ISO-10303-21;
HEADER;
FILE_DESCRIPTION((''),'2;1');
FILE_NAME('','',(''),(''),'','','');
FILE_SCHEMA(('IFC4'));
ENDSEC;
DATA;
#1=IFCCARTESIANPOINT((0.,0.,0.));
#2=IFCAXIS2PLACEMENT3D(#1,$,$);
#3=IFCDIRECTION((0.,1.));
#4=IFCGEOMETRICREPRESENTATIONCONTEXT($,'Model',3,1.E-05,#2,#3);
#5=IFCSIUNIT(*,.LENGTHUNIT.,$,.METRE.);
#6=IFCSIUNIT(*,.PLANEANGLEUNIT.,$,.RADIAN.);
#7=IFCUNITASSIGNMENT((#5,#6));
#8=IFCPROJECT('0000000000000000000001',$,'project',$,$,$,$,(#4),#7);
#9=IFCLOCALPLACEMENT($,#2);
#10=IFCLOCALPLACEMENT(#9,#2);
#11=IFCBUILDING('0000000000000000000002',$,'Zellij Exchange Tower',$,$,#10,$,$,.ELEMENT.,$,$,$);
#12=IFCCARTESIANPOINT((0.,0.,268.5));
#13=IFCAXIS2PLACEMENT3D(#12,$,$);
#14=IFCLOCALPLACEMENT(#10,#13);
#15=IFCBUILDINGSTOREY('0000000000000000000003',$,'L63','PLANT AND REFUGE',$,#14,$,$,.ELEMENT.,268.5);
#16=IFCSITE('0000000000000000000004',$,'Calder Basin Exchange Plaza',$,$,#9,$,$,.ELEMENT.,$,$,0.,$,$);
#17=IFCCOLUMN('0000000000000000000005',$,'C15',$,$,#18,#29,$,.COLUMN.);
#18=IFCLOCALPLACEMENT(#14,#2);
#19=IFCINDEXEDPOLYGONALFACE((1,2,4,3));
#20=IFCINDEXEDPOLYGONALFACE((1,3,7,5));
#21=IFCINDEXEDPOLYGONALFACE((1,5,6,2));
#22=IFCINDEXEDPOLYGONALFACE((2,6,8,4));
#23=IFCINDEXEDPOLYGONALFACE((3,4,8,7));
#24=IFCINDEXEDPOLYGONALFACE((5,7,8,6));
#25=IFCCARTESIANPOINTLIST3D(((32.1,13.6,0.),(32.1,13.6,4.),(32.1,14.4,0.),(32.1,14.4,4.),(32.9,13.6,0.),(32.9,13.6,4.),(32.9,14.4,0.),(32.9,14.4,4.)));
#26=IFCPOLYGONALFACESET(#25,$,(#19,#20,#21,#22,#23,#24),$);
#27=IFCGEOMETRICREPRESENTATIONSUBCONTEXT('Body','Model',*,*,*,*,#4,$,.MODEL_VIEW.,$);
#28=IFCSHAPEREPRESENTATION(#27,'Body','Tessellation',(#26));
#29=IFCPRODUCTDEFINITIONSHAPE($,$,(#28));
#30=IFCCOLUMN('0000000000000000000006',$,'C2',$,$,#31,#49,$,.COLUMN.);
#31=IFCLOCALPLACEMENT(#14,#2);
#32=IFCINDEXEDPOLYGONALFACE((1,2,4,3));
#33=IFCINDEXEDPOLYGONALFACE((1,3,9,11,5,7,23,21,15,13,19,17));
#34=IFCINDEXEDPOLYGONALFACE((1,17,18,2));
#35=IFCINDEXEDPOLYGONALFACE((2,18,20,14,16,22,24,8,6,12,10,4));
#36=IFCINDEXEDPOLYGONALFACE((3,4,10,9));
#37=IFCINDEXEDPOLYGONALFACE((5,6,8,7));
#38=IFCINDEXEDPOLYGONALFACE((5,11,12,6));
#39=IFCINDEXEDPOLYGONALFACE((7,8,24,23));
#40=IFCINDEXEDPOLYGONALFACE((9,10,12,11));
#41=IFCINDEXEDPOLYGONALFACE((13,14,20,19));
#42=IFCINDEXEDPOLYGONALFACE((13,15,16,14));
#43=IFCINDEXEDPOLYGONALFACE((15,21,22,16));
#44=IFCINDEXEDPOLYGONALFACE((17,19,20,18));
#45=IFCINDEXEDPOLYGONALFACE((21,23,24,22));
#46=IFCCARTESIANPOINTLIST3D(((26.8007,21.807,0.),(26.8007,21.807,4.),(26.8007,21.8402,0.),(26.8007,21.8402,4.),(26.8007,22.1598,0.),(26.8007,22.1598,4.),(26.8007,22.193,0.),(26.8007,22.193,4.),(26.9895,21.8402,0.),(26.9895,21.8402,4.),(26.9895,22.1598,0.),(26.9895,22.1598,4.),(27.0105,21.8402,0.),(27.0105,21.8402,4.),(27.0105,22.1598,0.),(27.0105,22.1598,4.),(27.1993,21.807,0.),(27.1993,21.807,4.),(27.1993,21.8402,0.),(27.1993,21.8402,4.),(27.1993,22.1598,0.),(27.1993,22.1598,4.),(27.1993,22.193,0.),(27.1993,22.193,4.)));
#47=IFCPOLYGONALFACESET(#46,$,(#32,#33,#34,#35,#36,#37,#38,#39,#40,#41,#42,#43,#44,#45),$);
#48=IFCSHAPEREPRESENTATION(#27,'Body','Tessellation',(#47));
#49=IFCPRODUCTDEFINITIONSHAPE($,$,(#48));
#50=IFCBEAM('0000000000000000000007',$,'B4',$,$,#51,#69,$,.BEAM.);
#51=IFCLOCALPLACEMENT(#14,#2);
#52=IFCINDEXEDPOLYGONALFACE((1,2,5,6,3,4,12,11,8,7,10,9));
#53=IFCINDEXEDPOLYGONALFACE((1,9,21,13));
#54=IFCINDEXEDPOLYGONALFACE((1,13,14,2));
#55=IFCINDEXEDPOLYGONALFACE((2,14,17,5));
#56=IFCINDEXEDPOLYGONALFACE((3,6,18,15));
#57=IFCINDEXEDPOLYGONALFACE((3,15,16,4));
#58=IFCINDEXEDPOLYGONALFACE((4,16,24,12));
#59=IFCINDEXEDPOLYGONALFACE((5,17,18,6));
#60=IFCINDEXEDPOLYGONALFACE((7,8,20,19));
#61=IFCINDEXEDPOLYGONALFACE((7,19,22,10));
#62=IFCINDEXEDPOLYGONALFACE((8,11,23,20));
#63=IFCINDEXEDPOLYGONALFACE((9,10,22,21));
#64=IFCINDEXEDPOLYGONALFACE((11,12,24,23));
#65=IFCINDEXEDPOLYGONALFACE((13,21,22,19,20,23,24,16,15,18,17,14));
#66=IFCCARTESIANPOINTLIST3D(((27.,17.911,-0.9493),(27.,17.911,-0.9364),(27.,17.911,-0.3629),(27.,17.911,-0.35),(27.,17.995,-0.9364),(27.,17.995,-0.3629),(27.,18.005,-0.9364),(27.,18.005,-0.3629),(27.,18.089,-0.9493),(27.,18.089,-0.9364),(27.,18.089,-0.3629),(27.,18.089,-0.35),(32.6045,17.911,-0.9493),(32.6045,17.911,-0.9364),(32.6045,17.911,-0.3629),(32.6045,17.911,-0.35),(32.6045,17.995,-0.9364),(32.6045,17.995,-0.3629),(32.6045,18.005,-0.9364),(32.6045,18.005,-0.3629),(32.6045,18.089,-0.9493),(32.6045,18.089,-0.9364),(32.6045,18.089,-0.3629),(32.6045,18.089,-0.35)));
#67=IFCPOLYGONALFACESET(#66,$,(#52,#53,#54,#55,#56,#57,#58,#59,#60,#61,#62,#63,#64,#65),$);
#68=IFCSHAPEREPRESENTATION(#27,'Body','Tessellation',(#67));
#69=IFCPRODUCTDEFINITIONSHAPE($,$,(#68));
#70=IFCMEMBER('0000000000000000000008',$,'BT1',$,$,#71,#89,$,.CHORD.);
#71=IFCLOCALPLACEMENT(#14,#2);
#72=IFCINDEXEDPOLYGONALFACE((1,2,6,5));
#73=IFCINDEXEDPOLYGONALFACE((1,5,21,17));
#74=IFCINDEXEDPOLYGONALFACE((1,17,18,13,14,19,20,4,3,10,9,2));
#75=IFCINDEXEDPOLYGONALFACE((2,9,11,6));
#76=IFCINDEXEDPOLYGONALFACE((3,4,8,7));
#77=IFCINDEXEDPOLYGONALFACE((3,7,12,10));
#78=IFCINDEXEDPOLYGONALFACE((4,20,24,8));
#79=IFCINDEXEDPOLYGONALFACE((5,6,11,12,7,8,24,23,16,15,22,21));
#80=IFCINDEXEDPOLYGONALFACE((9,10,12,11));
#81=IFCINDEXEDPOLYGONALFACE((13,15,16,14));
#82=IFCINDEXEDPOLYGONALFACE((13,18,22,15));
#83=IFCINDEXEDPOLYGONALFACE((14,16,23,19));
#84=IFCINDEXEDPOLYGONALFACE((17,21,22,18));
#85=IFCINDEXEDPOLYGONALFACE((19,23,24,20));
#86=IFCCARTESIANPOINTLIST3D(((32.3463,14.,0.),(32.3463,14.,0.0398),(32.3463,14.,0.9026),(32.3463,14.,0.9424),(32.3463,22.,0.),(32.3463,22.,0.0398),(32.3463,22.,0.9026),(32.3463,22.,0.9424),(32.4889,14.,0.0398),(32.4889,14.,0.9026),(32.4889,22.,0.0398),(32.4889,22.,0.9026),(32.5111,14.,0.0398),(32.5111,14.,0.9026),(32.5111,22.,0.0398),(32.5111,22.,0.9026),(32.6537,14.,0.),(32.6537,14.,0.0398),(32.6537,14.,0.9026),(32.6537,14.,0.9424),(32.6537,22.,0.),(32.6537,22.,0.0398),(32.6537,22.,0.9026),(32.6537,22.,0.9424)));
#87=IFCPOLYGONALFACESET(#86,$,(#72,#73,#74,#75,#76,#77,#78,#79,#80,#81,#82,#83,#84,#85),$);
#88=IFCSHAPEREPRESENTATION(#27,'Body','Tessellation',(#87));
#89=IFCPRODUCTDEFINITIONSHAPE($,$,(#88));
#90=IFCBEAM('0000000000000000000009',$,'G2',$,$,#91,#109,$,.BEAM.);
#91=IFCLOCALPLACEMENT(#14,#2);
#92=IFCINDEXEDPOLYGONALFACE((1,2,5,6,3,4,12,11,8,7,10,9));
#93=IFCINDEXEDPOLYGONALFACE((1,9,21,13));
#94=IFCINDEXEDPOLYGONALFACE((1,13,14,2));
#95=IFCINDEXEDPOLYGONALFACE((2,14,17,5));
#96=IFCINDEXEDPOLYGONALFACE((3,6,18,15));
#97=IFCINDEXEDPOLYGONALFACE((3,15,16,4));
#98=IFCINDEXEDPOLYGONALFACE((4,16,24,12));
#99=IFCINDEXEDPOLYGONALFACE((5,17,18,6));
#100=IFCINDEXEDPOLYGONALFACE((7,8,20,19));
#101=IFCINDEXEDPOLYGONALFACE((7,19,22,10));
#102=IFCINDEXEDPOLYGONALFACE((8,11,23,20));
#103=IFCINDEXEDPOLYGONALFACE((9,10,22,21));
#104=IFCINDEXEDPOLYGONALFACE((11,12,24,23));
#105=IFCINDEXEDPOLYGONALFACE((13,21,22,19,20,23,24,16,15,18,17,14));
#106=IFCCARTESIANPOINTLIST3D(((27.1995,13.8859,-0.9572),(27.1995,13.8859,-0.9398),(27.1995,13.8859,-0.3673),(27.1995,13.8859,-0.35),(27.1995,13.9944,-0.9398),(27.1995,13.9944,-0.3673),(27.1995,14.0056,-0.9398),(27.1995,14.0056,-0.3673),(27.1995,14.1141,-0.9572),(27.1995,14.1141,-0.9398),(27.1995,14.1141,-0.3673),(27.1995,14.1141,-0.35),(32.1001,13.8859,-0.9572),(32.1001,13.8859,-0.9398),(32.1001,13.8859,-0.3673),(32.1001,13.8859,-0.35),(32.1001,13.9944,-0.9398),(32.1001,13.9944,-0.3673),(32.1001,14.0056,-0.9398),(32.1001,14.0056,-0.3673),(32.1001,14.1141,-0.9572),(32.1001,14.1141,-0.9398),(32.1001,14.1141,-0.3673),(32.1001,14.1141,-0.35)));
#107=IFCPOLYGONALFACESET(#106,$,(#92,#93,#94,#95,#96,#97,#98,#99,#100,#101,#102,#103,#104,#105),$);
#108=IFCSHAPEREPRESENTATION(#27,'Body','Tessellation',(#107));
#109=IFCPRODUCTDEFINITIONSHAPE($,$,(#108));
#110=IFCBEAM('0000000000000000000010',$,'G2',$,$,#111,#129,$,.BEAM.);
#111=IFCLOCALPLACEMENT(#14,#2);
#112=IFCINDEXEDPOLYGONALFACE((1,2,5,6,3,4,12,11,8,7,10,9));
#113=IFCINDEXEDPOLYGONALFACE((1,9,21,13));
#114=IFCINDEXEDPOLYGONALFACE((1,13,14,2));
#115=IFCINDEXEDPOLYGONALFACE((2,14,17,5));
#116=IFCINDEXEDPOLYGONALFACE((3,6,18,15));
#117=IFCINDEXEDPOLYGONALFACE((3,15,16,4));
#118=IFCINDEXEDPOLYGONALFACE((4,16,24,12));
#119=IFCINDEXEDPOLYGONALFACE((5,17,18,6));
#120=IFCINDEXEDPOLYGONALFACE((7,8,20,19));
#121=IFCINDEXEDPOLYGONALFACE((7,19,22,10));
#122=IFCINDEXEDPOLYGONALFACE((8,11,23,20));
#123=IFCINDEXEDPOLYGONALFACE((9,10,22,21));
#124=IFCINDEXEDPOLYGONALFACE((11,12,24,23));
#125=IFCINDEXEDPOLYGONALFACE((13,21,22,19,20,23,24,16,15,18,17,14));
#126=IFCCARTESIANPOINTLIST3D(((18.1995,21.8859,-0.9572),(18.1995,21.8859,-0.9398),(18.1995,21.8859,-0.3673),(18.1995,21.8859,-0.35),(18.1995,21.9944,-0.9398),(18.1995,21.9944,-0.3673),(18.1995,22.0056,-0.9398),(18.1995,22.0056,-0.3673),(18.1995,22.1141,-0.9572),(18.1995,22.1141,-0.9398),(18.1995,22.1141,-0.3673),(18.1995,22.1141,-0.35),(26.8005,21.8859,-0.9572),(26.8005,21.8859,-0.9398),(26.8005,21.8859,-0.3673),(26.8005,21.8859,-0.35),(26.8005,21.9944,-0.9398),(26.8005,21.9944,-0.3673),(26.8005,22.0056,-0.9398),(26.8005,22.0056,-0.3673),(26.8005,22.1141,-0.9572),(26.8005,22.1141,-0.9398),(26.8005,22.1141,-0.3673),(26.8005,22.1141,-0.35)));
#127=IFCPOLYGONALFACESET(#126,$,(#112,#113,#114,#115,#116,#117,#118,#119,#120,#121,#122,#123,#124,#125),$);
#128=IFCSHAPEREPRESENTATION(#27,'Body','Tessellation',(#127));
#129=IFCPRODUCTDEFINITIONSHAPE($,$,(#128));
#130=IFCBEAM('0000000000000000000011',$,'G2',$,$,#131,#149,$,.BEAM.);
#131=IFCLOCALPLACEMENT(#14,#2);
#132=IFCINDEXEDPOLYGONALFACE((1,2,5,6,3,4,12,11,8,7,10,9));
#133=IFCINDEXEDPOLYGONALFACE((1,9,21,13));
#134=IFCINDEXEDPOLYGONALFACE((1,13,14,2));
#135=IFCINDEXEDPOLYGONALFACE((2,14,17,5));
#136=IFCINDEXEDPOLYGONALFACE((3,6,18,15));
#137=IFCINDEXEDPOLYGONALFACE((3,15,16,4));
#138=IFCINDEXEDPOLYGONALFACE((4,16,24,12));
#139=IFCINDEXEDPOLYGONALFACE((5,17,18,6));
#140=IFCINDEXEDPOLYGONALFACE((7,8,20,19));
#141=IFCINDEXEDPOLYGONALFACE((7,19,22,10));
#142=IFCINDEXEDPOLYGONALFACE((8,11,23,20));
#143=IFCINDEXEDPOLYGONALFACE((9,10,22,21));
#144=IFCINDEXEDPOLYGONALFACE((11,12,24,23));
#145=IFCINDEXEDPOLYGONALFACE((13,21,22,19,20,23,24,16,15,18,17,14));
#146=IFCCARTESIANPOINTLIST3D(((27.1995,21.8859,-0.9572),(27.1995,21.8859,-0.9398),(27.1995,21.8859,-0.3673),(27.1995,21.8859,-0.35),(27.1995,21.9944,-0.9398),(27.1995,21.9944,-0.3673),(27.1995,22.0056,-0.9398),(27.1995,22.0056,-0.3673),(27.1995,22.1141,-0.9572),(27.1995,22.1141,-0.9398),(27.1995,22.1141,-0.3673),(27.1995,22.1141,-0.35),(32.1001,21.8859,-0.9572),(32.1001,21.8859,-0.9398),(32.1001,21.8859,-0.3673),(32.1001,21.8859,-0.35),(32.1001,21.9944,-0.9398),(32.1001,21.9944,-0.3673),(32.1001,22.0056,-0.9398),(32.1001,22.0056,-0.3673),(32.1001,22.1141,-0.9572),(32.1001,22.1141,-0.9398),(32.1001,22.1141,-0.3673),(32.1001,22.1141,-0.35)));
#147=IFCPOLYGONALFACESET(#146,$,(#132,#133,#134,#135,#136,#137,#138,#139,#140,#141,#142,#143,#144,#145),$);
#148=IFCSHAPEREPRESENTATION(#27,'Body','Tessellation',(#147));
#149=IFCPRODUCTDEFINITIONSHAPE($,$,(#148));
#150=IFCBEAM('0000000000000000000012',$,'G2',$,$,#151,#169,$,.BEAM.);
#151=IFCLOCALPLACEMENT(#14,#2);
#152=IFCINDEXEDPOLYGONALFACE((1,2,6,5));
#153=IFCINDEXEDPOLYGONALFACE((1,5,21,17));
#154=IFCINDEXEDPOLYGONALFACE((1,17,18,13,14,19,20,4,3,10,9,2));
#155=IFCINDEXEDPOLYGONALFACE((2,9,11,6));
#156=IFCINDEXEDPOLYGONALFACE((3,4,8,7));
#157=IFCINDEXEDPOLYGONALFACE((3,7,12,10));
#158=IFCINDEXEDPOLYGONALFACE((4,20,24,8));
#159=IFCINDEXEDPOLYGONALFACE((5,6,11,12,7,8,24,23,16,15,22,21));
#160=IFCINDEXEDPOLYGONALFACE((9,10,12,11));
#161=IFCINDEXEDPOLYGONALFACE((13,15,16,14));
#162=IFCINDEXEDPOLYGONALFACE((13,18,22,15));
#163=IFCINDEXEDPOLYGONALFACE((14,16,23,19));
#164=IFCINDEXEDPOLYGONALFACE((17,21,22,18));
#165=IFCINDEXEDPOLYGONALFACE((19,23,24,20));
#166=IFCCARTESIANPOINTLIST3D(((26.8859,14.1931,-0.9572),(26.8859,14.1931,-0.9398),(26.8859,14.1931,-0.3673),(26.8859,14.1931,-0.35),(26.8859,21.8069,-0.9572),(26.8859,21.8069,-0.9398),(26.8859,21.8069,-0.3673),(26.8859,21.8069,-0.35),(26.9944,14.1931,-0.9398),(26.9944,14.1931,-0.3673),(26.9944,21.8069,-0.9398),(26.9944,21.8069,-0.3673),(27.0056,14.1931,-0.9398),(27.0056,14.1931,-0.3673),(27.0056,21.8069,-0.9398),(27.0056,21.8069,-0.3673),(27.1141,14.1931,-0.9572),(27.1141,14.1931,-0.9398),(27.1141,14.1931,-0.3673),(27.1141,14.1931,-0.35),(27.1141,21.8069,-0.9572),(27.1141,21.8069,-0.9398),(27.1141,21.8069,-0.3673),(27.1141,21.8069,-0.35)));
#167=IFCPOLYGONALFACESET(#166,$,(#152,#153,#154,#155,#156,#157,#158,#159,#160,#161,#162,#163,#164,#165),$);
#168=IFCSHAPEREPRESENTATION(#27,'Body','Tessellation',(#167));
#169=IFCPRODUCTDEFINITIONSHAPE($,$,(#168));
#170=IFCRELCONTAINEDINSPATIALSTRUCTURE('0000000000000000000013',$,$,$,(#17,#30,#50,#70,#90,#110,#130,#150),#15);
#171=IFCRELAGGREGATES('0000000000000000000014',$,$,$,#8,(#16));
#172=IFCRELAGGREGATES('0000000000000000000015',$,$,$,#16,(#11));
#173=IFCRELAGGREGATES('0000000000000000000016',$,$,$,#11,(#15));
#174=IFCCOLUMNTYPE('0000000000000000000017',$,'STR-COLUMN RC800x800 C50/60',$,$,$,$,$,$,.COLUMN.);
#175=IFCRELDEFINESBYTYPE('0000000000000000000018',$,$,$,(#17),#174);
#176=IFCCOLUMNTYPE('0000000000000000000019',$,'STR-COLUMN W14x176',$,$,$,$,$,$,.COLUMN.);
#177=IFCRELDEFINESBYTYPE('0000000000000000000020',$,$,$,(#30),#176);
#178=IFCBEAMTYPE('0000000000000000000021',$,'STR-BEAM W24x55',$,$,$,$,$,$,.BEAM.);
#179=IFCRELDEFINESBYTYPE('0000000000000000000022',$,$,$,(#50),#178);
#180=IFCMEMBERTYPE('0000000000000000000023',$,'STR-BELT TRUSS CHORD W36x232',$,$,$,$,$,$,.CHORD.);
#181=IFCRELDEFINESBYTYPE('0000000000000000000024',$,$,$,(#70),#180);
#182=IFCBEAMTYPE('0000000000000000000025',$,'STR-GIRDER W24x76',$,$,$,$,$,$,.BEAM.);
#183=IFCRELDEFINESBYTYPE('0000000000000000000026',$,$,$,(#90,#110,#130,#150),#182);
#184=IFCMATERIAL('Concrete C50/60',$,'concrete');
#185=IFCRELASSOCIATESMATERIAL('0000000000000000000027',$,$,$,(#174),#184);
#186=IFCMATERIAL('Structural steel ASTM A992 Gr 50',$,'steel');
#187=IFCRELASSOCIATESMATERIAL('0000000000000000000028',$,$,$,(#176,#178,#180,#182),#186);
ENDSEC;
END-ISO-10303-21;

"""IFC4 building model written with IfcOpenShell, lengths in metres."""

from ifc_helpers import new_model, si_unit, direction, frame, origin, origin_2d, place, context, subcontext, project, spatial, rectangle, i_section, extrude, material, material_profile, profile_set, type_object, element, save


model = new_model("IFC4")

# Units and contexts
model_context = context("Model", 3, precision=1e-05, world=origin(), true_north=direction((0.0, 1.0)))
body_context = subcontext(model_context, "Body", "Model", "MODEL_VIEW")
ifc_project = project(units=[si_unit("LENGTHUNIT", "METRE"), si_unit("PLANEANGLEUNIT", "RADIAN")], contexts=[model_context])

# Site, building, storey
site_placement = place(None, origin())
site = spatial("IfcSite", under=ifc_project, at=site_placement, Name="Calder Basin Exchange Plaza", CompositionType="ELEMENT", RefElevation=0.0)
building_placement = place(site_placement, origin())
building = spatial("IfcBuilding", under=site, at=building_placement, Name="Zellij Exchange Tower", CompositionType="ELEMENT")
storey_placement = place(building_placement, frame((0.0, 0.0, 268.5)))
storey = spatial("IfcBuildingStorey", under=building, at=storey_placement, Name="L63", Description="PLANT AND REFUGE", CompositionType="ELEMENT", Elevation=268.5)

# Columns
ifc_material_1 = material(Name="Concrete C50/60", Category="concrete")
ifc_material_profile_1 = material_profile(ifc_material_1, rectangle(XDim=0.8, YDim=0.8, at=origin_2d()), Name="STR-COLUMN RC800x800 C50/60")
ifc_profile_set_1 = profile_set([ifc_material_profile_1], Name="Concrete C50/60")
column_type_1 = type_object("IfcColumnType", Name="STR-COLUMN RC800x800 C50/60", PredefinedType="COLUMN", material=ifc_profile_set_1)
column_1_placement = place(storey_placement, frame((32.5, 14.0, 0.0), z_axis=(0.0, 0.0, 1.0), x_axis=(1.0, 0.0, 0.0)))
element("IfcColumn", 1, at=column_1_placement, inside=storey, type_object=column_type_1, Name="C15", PredefinedType="COLUMN", context=body_context, shape_type="SweptSolid", body=[
    extrude(rectangle(XDim=0.8, YDim=0.8, at=origin_2d()), origin(), (0.0, 0.0, 1.0), 4.0),
])
ifc_material_2 = material(Name="Structural steel ASTM A992 Gr 50", Category="steel")
ifc_material_profile_2 = material_profile(ifc_material_2, i_section(OverallWidth=0.3987, OverallDepth=0.386, WebThickness=0.021, FlangeThickness=0.0332, at=origin_2d()), Name="W14x176")
ifc_profile_set_2 = profile_set([ifc_material_profile_2], Name="Structural steel ASTM A992 Gr 50")
column_type_2 = type_object("IfcColumnType", Name="STR-COLUMN W14x176", PredefinedType="COLUMN", material=ifc_profile_set_2)
column_2_placement = place(storey_placement, frame((27.0, 22.0, 0.0), z_axis=(0.0, 0.0, 1.0), x_axis=(1.0, 0.0, 0.0)))
element("IfcColumn", 2, at=column_2_placement, inside=storey, type_object=column_type_2, Name="C2", PredefinedType="COLUMN", context=body_context, shape_type="SweptSolid", body=[
    extrude(i_section(OverallWidth=0.3987, OverallDepth=0.386, WebThickness=0.021, FlangeThickness=0.0332, at=origin_2d()), origin(), (0.0, 0.0, 1.0), 4.0),
])

# Beam
ifc_material_profile_3 = material_profile(ifc_material_2, i_section(OverallWidth=0.178, OverallDepth=0.5994, WebThickness=0.01, FlangeThickness=0.0129, at=origin_2d()), Name="W24x55")
ifc_profile_set_3 = profile_set([ifc_material_profile_3], Name="Structural steel ASTM A992 Gr 50")
beam_type_1 = type_object("IfcBeamType", Name="STR-BEAM W24x55", PredefinedType="BEAM", material=ifc_profile_set_3)
beam_1_placement = place(storey_placement, frame((27.0, 18.0, -0.6497), z_axis=(1.0, 0.0, 0.0), x_axis=(0.0, 1.0, 0.0)))
element("IfcBeam", 3, at=beam_1_placement, inside=storey, type_object=beam_type_1, Name="B4", PredefinedType="BEAM", context=body_context, shape_type="SweptSolid", body=[
    extrude(i_section(OverallWidth=0.178, OverallDepth=0.5994, WebThickness=0.01, FlangeThickness=0.0129, at=origin_2d()), origin(), (0.0, 0.0, 1.0), 5.6045),
])

# Member
ifc_material_profile_4 = material_profile(ifc_material_2, i_section(OverallWidth=0.3074, OverallDepth=0.9424, WebThickness=0.0222, FlangeThickness=0.0398, at=origin_2d()), Name="W36x232")
ifc_profile_set_4 = profile_set([ifc_material_profile_4], Name="Structural steel ASTM A992 Gr 50")
member_type_1 = type_object("IfcMemberType", Name="STR-BELT TRUSS CHORD W36x232", PredefinedType="CHORD", material=ifc_profile_set_4)
member_1_placement = place(storey_placement, frame((32.5, 14.0, 0.4712), z_axis=(0.0, 1.0, 0.0), x_axis=(-1.0, 0.0, 0.0)))
element("IfcMember", 4, at=member_1_placement, inside=storey, type_object=member_type_1, Name="BT1", PredefinedType="CHORD", context=body_context, shape_type="SweptSolid", body=[
    extrude(i_section(OverallWidth=0.3074, OverallDepth=0.9424, WebThickness=0.0222, FlangeThickness=0.0398, at=origin_2d()), origin(), (0.0, 0.0, 1.0), 8.0),
])

# Beams
ifc_material_profile_5 = material_profile(ifc_material_2, i_section(OverallWidth=0.2283, OverallDepth=0.6072, WebThickness=0.0112, FlangeThickness=0.0173, at=origin_2d()), Name="W24x76")
ifc_profile_set_5 = profile_set([ifc_material_profile_5], Name="Structural steel ASTM A992 Gr 50")
beam_type_2 = type_object("IfcBeamType", Name="STR-GIRDER W24x76", PredefinedType="BEAM", material=ifc_profile_set_5)
beam_2_placement = place(storey_placement, frame((27.1995, 14.0, -0.6536), z_axis=(1.0, 0.0, 0.0), x_axis=(0.0, 1.0, 0.0)))
element("IfcBeam", 5, at=beam_2_placement, inside=storey, type_object=beam_type_2, Name="G2", PredefinedType="BEAM", context=body_context, shape_type="SweptSolid", body=[
    extrude(i_section(OverallWidth=0.2283, OverallDepth=0.6072, WebThickness=0.0112, FlangeThickness=0.0173, at=origin_2d()), origin(), (0.0, 0.0, 1.0), 4.9006),
])
beam_3_placement = place(storey_placement, frame((18.1995, 22.0, -0.6536), z_axis=(1.0, 0.0, 0.0), x_axis=(0.0, 1.0, 0.0)))
element("IfcBeam", 6, at=beam_3_placement, inside=storey, type_object=beam_type_2, Name="G2", PredefinedType="BEAM", context=body_context, shape_type="SweptSolid", body=[
    extrude(i_section(OverallWidth=0.2283, OverallDepth=0.6072, WebThickness=0.0112, FlangeThickness=0.0173, at=origin_2d()), origin(), (0.0, 0.0, 1.0), 8.6011),
])
beam_4_placement = place(storey_placement, frame((27.1995, 22.0, -0.6536), z_axis=(1.0, 0.0, 0.0), x_axis=(0.0, 1.0, 0.0)))
element("IfcBeam", 7, at=beam_4_placement, inside=storey, type_object=beam_type_2, Name="G2", PredefinedType="BEAM", context=body_context, shape_type="SweptSolid", body=[
    extrude(i_section(OverallWidth=0.2283, OverallDepth=0.6072, WebThickness=0.0112, FlangeThickness=0.0173, at=origin_2d()), origin(), (0.0, 0.0, 1.0), 4.9006),
])
beam_5_placement = place(storey_placement, frame((27.0, 14.1931, -0.6536), z_axis=(0.0, 1.0, 0.0), x_axis=(-1.0, 0.0, 0.0)))
element("IfcBeam", 8, at=beam_5_placement, inside=storey, type_object=beam_type_2, Name="G2", PredefinedType="BEAM", context=body_context, shape_type="SweptSolid", body=[
    extrude(i_section(OverallWidth=0.2283, OverallDepth=0.6072, WebThickness=0.0112, FlangeThickness=0.0173, at=origin_2d()), origin(), (0.0, 0.0, 1.0), 7.6138),
])

save(model, "model.ifc")
